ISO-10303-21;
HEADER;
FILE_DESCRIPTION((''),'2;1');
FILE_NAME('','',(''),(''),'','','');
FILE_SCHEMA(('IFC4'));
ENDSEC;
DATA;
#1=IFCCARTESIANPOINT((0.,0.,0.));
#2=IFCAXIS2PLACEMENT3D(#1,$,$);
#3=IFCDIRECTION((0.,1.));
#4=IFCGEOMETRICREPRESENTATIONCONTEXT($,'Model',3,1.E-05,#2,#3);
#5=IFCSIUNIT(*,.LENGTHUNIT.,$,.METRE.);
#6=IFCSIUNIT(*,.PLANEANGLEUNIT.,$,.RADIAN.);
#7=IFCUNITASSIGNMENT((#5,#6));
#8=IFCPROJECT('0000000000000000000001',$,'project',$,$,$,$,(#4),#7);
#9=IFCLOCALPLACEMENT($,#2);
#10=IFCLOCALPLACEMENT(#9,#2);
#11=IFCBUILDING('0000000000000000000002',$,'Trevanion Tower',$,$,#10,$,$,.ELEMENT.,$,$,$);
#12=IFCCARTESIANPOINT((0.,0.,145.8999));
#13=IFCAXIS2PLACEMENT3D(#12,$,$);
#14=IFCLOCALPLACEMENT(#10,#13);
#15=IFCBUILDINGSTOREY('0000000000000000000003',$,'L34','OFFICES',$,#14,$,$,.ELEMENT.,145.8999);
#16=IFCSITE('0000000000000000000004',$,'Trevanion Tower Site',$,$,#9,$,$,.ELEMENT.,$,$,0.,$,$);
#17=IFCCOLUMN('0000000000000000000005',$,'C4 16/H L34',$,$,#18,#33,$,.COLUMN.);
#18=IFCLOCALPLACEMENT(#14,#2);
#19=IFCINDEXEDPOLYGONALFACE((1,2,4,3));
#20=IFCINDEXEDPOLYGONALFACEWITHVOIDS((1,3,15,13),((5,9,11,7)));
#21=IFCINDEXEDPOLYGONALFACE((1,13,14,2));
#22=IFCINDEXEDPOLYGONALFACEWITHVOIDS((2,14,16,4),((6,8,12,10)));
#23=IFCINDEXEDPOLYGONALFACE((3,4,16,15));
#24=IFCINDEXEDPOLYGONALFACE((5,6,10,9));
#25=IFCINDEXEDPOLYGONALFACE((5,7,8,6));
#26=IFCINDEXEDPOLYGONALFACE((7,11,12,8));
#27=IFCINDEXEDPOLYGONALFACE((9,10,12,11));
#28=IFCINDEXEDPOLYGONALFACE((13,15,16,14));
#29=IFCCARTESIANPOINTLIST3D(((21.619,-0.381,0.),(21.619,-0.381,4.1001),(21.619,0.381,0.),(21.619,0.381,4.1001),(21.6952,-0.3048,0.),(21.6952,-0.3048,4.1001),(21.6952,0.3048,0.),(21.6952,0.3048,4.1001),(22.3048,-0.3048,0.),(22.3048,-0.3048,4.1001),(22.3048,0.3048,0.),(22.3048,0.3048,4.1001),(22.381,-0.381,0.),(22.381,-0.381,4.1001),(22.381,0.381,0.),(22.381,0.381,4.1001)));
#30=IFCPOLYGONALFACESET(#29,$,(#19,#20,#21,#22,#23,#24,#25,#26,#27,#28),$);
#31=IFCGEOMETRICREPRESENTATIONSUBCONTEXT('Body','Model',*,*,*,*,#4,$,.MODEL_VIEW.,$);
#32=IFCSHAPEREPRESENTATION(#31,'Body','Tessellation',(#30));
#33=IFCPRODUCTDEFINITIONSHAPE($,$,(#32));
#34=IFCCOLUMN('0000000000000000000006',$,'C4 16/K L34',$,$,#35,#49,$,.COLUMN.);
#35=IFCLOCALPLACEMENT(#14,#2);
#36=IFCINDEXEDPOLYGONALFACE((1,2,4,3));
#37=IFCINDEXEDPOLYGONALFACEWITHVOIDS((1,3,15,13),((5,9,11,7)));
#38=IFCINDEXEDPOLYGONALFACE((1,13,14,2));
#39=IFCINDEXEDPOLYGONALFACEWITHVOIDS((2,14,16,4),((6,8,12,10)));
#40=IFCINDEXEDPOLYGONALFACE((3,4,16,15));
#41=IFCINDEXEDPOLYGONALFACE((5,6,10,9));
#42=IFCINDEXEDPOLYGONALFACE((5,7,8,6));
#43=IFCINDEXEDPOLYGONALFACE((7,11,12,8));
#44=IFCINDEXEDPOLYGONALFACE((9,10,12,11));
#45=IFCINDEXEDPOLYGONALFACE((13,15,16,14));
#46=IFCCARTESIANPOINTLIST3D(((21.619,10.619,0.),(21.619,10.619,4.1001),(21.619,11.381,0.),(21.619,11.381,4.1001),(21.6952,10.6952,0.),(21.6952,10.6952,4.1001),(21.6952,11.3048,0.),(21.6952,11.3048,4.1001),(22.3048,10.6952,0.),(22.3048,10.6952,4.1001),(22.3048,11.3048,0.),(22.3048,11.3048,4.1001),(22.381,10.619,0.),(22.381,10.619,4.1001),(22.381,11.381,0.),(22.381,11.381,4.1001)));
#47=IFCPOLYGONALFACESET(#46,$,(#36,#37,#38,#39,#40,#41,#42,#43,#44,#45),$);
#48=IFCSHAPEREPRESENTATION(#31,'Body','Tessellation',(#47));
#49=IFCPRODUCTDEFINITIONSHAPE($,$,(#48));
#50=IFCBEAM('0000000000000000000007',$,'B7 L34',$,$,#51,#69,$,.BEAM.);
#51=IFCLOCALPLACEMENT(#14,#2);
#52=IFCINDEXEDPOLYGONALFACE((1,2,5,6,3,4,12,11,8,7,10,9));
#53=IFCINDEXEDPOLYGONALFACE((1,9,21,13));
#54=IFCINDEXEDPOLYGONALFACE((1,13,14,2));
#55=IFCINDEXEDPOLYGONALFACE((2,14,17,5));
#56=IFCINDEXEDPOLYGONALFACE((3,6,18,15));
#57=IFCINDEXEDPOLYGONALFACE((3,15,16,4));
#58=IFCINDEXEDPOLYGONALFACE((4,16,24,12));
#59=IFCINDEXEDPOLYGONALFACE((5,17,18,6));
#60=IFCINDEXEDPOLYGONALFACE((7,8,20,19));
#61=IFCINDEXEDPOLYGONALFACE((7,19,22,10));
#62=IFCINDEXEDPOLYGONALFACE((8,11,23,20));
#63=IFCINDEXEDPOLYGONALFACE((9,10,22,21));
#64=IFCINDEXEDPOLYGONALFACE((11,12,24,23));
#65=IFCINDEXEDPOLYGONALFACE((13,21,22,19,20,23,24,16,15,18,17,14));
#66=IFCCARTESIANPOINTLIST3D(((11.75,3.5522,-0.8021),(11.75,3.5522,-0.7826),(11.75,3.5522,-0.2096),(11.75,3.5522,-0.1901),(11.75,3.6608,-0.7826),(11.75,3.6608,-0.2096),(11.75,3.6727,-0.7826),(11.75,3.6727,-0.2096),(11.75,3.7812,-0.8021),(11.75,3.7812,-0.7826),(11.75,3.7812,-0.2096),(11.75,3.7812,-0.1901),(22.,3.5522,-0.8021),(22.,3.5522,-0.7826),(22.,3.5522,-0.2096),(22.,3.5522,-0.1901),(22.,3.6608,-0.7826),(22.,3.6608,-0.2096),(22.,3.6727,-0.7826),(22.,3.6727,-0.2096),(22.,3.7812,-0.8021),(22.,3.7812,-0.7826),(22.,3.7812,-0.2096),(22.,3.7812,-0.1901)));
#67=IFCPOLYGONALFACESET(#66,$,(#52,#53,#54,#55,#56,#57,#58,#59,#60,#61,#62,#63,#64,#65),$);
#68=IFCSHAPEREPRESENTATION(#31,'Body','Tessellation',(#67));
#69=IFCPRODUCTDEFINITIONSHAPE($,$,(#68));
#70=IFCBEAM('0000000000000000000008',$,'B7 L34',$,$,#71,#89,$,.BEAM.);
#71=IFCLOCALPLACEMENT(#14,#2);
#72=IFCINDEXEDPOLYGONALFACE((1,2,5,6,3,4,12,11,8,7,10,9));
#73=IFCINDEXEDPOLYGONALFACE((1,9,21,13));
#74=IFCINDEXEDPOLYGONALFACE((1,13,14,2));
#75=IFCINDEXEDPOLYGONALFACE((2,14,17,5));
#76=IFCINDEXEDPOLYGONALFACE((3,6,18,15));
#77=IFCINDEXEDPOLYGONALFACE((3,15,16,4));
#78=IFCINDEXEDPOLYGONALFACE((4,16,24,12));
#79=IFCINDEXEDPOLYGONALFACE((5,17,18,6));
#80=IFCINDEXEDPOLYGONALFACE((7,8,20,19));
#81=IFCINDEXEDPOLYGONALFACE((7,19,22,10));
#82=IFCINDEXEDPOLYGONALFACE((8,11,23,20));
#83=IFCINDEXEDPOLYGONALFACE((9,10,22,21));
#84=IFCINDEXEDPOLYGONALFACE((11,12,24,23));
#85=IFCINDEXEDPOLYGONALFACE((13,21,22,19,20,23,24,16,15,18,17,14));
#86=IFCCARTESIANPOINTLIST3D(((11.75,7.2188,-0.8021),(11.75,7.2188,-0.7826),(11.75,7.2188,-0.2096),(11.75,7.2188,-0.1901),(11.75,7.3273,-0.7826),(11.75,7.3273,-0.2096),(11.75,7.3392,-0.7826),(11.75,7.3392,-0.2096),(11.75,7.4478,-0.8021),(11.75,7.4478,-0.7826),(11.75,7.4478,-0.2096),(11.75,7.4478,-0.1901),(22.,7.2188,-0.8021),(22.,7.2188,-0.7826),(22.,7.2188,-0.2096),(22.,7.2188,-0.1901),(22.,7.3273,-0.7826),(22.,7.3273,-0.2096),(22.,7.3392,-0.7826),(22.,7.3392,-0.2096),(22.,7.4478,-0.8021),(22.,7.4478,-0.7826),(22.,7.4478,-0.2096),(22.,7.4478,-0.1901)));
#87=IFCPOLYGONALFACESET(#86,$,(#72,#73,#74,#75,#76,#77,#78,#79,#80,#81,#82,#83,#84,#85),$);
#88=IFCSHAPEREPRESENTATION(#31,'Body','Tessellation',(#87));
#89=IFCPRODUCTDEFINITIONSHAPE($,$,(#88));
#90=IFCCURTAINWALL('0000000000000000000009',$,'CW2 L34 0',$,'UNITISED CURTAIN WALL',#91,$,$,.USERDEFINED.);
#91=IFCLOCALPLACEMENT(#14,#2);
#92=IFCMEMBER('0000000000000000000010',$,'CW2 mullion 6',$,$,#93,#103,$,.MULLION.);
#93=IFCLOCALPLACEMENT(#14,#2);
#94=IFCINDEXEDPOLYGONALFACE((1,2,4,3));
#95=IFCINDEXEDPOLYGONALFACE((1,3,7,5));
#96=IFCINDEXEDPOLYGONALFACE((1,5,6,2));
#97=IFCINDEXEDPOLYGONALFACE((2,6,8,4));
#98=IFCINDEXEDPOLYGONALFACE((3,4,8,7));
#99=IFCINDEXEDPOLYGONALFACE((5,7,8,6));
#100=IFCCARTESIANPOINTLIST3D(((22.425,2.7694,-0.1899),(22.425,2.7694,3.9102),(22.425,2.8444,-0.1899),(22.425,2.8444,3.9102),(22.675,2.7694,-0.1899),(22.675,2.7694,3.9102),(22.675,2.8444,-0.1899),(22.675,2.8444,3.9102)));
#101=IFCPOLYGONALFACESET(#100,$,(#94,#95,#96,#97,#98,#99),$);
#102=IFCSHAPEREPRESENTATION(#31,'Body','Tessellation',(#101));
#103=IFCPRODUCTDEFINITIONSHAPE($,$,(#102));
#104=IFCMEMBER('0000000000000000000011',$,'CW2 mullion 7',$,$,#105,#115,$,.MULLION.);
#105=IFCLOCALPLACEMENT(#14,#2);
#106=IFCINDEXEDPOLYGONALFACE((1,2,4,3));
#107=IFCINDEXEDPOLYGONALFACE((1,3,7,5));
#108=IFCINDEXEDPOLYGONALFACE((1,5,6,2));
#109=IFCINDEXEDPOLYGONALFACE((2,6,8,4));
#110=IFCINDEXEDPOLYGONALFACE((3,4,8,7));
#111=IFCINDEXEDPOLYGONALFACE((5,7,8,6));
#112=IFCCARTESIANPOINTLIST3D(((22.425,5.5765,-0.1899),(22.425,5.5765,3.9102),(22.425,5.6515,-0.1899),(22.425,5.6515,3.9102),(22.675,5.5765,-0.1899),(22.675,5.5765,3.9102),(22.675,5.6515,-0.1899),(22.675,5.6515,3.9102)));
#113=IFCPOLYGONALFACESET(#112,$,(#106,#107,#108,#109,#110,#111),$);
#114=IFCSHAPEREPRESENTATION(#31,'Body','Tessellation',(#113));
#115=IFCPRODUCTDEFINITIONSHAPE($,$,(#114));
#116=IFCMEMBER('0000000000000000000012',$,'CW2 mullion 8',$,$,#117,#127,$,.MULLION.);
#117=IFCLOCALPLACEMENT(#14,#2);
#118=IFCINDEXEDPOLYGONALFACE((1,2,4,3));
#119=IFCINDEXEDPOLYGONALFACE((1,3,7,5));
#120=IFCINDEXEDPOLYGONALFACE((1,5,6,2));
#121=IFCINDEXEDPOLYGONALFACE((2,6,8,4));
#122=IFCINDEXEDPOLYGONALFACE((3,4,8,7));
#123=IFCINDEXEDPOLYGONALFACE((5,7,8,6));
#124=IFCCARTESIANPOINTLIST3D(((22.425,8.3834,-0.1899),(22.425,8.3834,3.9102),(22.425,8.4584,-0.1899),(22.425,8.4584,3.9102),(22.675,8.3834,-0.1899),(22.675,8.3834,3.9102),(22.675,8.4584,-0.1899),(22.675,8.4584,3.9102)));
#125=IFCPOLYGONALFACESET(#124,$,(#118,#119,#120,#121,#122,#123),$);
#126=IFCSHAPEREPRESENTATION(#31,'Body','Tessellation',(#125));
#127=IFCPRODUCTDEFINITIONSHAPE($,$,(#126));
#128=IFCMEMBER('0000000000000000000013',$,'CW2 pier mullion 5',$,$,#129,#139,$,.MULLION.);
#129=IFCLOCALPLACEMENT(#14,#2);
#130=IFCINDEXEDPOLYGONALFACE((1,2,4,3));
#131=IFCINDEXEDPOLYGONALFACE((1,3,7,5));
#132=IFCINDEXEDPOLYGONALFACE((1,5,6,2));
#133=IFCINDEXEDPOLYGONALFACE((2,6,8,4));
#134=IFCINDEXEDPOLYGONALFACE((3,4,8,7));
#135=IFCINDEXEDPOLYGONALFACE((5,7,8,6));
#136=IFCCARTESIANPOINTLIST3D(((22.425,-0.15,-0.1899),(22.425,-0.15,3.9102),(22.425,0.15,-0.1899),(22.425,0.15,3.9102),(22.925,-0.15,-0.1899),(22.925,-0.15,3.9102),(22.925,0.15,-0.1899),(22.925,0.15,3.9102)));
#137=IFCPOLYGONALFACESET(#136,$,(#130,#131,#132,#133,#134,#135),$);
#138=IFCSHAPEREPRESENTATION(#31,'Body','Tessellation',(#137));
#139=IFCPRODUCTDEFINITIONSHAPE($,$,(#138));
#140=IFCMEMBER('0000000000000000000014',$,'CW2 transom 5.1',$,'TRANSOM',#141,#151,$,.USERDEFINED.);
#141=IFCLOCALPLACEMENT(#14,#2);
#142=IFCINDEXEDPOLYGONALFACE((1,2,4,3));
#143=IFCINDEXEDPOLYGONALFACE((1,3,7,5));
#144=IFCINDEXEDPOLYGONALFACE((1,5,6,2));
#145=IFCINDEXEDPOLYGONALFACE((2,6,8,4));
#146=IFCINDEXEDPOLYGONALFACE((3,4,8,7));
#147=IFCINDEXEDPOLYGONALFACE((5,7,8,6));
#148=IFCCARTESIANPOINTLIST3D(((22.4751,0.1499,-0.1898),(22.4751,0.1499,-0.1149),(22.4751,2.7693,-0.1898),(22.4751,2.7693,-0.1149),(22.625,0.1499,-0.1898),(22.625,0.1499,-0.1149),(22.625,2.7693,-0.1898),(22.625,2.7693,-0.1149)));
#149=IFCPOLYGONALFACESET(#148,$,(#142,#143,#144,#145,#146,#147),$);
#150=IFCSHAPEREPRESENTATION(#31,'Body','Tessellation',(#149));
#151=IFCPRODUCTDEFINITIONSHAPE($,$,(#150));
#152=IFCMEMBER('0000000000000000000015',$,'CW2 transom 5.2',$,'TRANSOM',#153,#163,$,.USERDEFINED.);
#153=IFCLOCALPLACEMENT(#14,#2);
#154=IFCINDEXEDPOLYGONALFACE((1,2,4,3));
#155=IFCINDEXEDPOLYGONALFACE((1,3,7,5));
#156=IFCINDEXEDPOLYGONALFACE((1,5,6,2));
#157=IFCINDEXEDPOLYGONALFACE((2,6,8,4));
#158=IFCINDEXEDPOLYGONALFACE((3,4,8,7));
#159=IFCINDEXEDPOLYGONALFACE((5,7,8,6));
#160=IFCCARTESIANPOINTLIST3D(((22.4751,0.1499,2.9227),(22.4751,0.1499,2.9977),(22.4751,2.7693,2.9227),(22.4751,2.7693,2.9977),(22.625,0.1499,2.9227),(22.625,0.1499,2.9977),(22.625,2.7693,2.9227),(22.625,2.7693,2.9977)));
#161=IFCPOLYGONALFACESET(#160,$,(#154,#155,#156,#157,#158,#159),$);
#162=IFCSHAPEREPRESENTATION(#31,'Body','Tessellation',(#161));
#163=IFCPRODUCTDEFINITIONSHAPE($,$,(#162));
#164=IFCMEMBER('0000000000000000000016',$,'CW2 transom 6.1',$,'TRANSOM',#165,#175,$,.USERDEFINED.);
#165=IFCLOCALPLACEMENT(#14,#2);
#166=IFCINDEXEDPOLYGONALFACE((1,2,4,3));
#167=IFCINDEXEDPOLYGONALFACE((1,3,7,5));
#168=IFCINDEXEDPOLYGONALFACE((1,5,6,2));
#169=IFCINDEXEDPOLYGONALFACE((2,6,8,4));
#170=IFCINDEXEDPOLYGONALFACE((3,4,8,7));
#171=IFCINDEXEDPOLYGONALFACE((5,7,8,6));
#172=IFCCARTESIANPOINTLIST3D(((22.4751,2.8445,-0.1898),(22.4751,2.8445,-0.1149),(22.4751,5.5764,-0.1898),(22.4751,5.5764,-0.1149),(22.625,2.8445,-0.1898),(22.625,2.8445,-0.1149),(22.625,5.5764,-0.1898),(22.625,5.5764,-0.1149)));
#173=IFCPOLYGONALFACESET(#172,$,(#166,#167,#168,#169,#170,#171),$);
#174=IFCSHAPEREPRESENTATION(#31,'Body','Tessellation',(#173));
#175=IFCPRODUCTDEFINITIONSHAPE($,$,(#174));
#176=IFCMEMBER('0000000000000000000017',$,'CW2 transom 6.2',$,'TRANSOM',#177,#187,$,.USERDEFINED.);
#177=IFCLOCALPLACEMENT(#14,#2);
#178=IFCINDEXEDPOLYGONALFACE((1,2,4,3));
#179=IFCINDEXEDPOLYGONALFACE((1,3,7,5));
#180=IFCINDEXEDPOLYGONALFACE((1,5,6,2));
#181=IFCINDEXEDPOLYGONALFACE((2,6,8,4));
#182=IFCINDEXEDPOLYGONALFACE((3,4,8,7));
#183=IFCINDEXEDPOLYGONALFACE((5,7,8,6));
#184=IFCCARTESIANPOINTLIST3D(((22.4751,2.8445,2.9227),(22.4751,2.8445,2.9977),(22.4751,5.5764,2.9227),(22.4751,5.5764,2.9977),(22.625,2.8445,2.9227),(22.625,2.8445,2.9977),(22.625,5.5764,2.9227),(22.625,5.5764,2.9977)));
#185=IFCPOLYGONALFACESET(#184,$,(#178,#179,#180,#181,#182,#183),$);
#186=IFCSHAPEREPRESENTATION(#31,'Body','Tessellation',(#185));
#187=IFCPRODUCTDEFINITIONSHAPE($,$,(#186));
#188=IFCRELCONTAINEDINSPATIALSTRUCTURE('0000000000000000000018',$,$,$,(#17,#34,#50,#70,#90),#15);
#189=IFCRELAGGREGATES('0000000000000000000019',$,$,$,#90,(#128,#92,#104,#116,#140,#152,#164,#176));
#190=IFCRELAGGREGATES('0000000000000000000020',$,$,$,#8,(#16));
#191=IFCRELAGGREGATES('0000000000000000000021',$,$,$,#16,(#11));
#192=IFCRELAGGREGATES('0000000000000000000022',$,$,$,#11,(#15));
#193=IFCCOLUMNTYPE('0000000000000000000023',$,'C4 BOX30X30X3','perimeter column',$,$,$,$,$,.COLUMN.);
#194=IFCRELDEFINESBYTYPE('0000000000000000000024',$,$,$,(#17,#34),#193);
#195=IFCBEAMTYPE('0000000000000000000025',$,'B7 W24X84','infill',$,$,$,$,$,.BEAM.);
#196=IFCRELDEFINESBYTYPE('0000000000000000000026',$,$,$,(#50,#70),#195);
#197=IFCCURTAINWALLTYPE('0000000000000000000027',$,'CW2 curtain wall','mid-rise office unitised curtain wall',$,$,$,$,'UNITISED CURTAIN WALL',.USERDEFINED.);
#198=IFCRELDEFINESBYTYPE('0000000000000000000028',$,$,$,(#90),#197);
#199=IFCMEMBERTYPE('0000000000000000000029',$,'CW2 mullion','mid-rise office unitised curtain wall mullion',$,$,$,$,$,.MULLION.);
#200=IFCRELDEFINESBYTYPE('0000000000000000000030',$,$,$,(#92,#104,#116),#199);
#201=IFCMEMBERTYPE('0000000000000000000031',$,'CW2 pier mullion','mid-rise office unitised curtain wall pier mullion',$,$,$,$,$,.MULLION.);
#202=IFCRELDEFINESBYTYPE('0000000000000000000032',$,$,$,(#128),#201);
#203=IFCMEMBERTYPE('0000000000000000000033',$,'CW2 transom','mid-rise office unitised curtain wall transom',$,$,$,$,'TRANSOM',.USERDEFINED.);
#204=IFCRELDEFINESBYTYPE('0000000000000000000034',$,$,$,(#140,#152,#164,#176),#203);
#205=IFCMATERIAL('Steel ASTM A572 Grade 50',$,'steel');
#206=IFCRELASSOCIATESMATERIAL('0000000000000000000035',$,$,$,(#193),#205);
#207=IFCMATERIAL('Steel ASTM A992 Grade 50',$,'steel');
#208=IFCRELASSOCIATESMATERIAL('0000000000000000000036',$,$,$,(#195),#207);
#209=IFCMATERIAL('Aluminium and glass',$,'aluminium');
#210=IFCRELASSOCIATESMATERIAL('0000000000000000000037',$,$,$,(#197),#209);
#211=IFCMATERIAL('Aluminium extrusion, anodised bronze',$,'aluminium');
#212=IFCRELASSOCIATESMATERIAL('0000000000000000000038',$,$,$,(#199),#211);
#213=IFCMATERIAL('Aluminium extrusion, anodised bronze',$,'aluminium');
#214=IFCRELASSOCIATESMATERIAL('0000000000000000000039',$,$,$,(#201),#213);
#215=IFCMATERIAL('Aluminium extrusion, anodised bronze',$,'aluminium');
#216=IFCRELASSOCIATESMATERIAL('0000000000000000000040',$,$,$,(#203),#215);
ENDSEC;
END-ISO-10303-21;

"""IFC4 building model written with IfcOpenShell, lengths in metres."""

from ifc_helpers import new_model, si_unit, direction, frame, origin, origin_2d, place, context, subcontext, project, spatial, rectangle, hollow_rectangle, i_section, extrude, material, material_profile, profile_set, type_object, element, aggregate, save


model = new_model("IFC4")

# Units and contexts
model_context = context("Model", 3, precision=1e-05, world=origin(), true_north=direction((0.0, 1.0)))
body_context = subcontext(model_context, "Body", "Model", "MODEL_VIEW")
ifc_project = project(units=[si_unit("LENGTHUNIT", "METRE"), si_unit("PLANEANGLEUNIT", "RADIAN")], contexts=[model_context])

# Site, building, storey
site_placement = place(None, origin())
site = spatial("IfcSite", under=ifc_project, at=site_placement, Name="Trevanion Tower Site", CompositionType="ELEMENT", RefElevation=0.0)
building_placement = place(site_placement, origin())
building = spatial("IfcBuilding", under=site, at=building_placement, Name="Trevanion Tower", CompositionType="ELEMENT")
storey_placement = place(building_placement, frame((0.0, 0.0, 145.8999)))
storey = spatial("IfcBuildingStorey", under=building, at=storey_placement, Name="L34", Description="OFFICES", CompositionType="ELEMENT", Elevation=145.8999)

# Columns
ifc_material_1 = material(Name="Steel ASTM A572 Grade 50", Category="steel")
ifc_material_profile_1 = material_profile(ifc_material_1, hollow_rectangle(XDim=0.762, YDim=0.762, WallThickness=0.0762, at=origin_2d()), Name="BOX30X30X3")
ifc_profile_set_1 = profile_set([ifc_material_profile_1], Name="Steel ASTM A572 Grade 50")
column_type = type_object("IfcColumnType", Name="C4 BOX30X30X3", Description="perimeter column", PredefinedType="COLUMN", material=ifc_profile_set_1)
for number, where, z_axis, x_axis, name in (
    (1, (22.0, 0.0, 0.0), (0.0, 0.0, 1.0), (0.0, 1.0, 0.0), "C4 16/H L34"),
    (2, (22.0, 11.0, 0.0), (0.0, 0.0, 1.0), (0.0, 1.0, 0.0), "C4 16/K L34"),
):
    element("IfcColumn", number, at=place(storey_placement, frame(where, z_axis=z_axis, x_axis=x_axis)), inside=storey, type_object=column_type, Name=name, PredefinedType="COLUMN", context=body_context, shape_type="SweptSolid", body=[
        extrude(hollow_rectangle(XDim=0.762, YDim=0.762, WallThickness=0.0762, at=origin_2d()), origin(), (0.0, 0.0, 1.0), 4.1001),
    ])

# Beams
ifc_material_2 = material(Name="Steel ASTM A992 Grade 50", Category="steel")
ifc_material_profile_2 = material_profile(ifc_material_2, i_section(OverallWidth=0.229, OverallDepth=0.6121, WebThickness=0.012, FlangeThickness=0.0195, at=origin_2d()), Name="W24X84")
ifc_profile_set_2 = profile_set([ifc_material_profile_2], Name="Steel ASTM A992 Grade 50")
beam_type_1 = type_object("IfcBeamType", Name="B7 W24X84", Description="infill", PredefinedType="BEAM", material=ifc_profile_set_2)
for number, where, z_axis, x_axis, name in (
    (3, (11.75, 3.6667, -0.4961), (1.0, 0.0, 0.0), (0.0, 1.0, 0.0), "B7 L34"),
    (4, (11.75, 7.3333, -0.4961), (1.0, 0.0, 0.0), (0.0, 1.0, 0.0), "B7 L34"),
):
    element("IfcBeam", number, at=place(storey_placement, frame(where, z_axis=z_axis, x_axis=x_axis)), inside=storey, type_object=beam_type_1, Name=name, PredefinedType="BEAM", context=body_context, shape_type="SweptSolid", body=[
        extrude(i_section(OverallWidth=0.229, OverallDepth=0.6121, WebThickness=0.012, FlangeThickness=0.0195, at=origin_2d()), origin(), (0.0, 0.0, 1.0), 10.25),
    ])

# Curtain wall, members
ifc_material_3 = material(Name="Aluminium and glass", Category="aluminium")
curtain_wall_type = type_object("IfcCurtainWallType", Name="CW2 curtain wall", Description="mid-rise office unitised curtain wall", ElementType="UNITISED CURTAIN WALL", PredefinedType="USERDEFINED", material=ifc_material_3)
curtain_wall_placement = place(storey_placement, origin())
curtain_wall = element("IfcCurtainWall", 5, at=curtain_wall_placement, inside=storey, type_object=curtain_wall_type, Name="CW2 L34 0", ObjectType="UNITISED CURTAIN WALL", PredefinedType="USERDEFINED")
ifc_material_4 = material(Name="Aluminium extrusion, anodised bronze", Category="aluminium")
ifc_material_profile_3 = material_profile(ifc_material_4, rectangle(XDim=0.075, YDim=0.25, at=origin_2d()), Name="CW2 mullion")
ifc_profile_set_3 = profile_set([ifc_material_profile_3], Name="Aluminium extrusion, anodised bronze")
member_type_1 = type_object("IfcMemberType", Name="CW2 mullion", Description="mid-rise office unitised curtain wall mullion", PredefinedType="MULLION", material=ifc_profile_set_3)
member_1_placement = place(storey_placement, frame((22.55, 2.8069, -0.1899), z_axis=(0.0, 0.0, 1.0), x_axis=(0.0, 1.0, 0.0)))
member_1 = element("IfcMember", 6, at=member_1_placement, type_object=member_type_1, Name="CW2 mullion 6", PredefinedType="MULLION", context=body_context, shape_type="SweptSolid", body=[
    extrude(rectangle(XDim=0.075, YDim=0.25, at=origin_2d()), origin(), (0.0, 0.0, 1.0), 4.1001),
])
member_2_placement = place(storey_placement, frame((22.55, 5.614, -0.1899), z_axis=(0.0, 0.0, 1.0), x_axis=(0.0, 1.0, 0.0)))
member_2 = element("IfcMember", 7, at=member_2_placement, type_object=member_type_1, Name="CW2 mullion 7", PredefinedType="MULLION", context=body_context, shape_type="SweptSolid", body=[
    extrude(rectangle(XDim=0.075, YDim=0.25, at=origin_2d()), origin(), (0.0, 0.0, 1.0), 4.1001),
])
member_3_placement = place(storey_placement, frame((22.55, 8.4209, -0.1899), z_axis=(0.0, 0.0, 1.0), x_axis=(0.0, 1.0, 0.0)))
member_3 = element("IfcMember", 8, at=member_3_placement, type_object=member_type_1, Name="CW2 mullion 8", PredefinedType="MULLION", context=body_context, shape_type="SweptSolid", body=[
    extrude(rectangle(XDim=0.075, YDim=0.25, at=origin_2d()), origin(), (0.0, 0.0, 1.0), 4.1001),
])
ifc_material_5 = material(Name="Aluminium extrusion, anodised bronze", Category="aluminium")
ifc_material_profile_4 = material_profile(ifc_material_5, rectangle(XDim=0.3, YDim=0.5, at=origin_2d()), Name="CW2 pier mullion")
ifc_profile_set_4 = profile_set([ifc_material_profile_4], Name="Aluminium extrusion, anodised bronze")
member_type_2 = type_object("IfcMemberType", Name="CW2 pier mullion", Description="mid-rise office unitised curtain wall pier mullion", PredefinedType="MULLION", material=ifc_profile_set_4)
member_4_placement = place(storey_placement, frame((22.675, 0.0, -0.1899), z_axis=(0.0, 0.0, 1.0), x_axis=(0.0, 1.0, 0.0)))
member_4 = element("IfcMember", 9, at=member_4_placement, type_object=member_type_2, Name="CW2 pier mullion 5", PredefinedType="MULLION", context=body_context, shape_type="SweptSolid", body=[
    extrude(rectangle(XDim=0.3, YDim=0.5, at=origin_2d()), origin(), (0.0, 0.0, 1.0), 4.1001),
])
ifc_material_6 = material(Name="Aluminium extrusion, anodised bronze", Category="aluminium")
ifc_material_profile_5 = material_profile(ifc_material_6, rectangle(XDim=0.1499, YDim=0.075, at=origin_2d()), Name="CW2 transom")
ifc_profile_set_5 = profile_set([ifc_material_profile_5], Name="Aluminium extrusion, anodised bronze")
member_type_3 = type_object("IfcMemberType", Name="CW2 transom", Description="mid-rise office unitised curtain wall transom", ElementType="TRANSOM", PredefinedType="USERDEFINED", material=ifc_profile_set_5)
member_5_placement = place(storey_placement, frame((22.55, 0.1499, -0.1523), z_axis=(0.0, 1.0, 0.0), x_axis=(-1.0, 0.0, 0.0)))
member_5 = element("IfcMember", 10, at=member_5_placement, type_object=member_type_3, Name="CW2 transom 5.1", ObjectType="TRANSOM", PredefinedType="USERDEFINED", context=body_context, shape_type="SweptSolid", body=[
    extrude(rectangle(XDim=0.1499, YDim=0.075, at=origin_2d()), origin(), (0.0, 0.0, 1.0), 2.6194),
])
member_6_placement = place(storey_placement, frame((22.55, 0.1499, 2.9602), z_axis=(0.0, 1.0, 0.0), x_axis=(-1.0, 0.0, 0.0)))
member_6 = element("IfcMember", 11, at=member_6_placement, type_object=member_type_3, Name="CW2 transom 5.2", ObjectType="TRANSOM", PredefinedType="USERDEFINED", context=body_context, shape_type="SweptSolid", body=[
    extrude(rectangle(XDim=0.1499, YDim=0.075, at=origin_2d()), origin(), (0.0, 0.0, 1.0), 2.6194),
])
member_7_placement = place(storey_placement, frame((22.55, 2.8445, -0.1523), z_axis=(0.0, 1.0, 0.0), x_axis=(-1.0, 0.0, 0.0)))
member_7 = element("IfcMember", 12, at=member_7_placement, type_object=member_type_3, Name="CW2 transom 6.1", ObjectType="TRANSOM", PredefinedType="USERDEFINED", context=body_context, shape_type="SweptSolid", body=[
    extrude(rectangle(XDim=0.1499, YDim=0.075, at=origin_2d()), origin(), (0.0, 0.0, 1.0), 2.7319),
])
member_8_placement = place(storey_placement, frame((22.55, 2.8445, 2.9602), z_axis=(0.0, 1.0, 0.0), x_axis=(-1.0, 0.0, 0.0)))
member_8 = element("IfcMember", 13, at=member_8_placement, type_object=member_type_3, Name="CW2 transom 6.2", ObjectType="TRANSOM", PredefinedType="USERDEFINED", context=body_context, shape_type="SweptSolid", body=[
    extrude(rectangle(XDim=0.1499, YDim=0.075, at=origin_2d()), origin(), (0.0, 0.0, 1.0), 2.7319),
])

aggregate(curtain_wall, [member_4, member_1, member_2, member_3, member_5, member_6, member_7, member_8])

save(model, "model.ifc")
